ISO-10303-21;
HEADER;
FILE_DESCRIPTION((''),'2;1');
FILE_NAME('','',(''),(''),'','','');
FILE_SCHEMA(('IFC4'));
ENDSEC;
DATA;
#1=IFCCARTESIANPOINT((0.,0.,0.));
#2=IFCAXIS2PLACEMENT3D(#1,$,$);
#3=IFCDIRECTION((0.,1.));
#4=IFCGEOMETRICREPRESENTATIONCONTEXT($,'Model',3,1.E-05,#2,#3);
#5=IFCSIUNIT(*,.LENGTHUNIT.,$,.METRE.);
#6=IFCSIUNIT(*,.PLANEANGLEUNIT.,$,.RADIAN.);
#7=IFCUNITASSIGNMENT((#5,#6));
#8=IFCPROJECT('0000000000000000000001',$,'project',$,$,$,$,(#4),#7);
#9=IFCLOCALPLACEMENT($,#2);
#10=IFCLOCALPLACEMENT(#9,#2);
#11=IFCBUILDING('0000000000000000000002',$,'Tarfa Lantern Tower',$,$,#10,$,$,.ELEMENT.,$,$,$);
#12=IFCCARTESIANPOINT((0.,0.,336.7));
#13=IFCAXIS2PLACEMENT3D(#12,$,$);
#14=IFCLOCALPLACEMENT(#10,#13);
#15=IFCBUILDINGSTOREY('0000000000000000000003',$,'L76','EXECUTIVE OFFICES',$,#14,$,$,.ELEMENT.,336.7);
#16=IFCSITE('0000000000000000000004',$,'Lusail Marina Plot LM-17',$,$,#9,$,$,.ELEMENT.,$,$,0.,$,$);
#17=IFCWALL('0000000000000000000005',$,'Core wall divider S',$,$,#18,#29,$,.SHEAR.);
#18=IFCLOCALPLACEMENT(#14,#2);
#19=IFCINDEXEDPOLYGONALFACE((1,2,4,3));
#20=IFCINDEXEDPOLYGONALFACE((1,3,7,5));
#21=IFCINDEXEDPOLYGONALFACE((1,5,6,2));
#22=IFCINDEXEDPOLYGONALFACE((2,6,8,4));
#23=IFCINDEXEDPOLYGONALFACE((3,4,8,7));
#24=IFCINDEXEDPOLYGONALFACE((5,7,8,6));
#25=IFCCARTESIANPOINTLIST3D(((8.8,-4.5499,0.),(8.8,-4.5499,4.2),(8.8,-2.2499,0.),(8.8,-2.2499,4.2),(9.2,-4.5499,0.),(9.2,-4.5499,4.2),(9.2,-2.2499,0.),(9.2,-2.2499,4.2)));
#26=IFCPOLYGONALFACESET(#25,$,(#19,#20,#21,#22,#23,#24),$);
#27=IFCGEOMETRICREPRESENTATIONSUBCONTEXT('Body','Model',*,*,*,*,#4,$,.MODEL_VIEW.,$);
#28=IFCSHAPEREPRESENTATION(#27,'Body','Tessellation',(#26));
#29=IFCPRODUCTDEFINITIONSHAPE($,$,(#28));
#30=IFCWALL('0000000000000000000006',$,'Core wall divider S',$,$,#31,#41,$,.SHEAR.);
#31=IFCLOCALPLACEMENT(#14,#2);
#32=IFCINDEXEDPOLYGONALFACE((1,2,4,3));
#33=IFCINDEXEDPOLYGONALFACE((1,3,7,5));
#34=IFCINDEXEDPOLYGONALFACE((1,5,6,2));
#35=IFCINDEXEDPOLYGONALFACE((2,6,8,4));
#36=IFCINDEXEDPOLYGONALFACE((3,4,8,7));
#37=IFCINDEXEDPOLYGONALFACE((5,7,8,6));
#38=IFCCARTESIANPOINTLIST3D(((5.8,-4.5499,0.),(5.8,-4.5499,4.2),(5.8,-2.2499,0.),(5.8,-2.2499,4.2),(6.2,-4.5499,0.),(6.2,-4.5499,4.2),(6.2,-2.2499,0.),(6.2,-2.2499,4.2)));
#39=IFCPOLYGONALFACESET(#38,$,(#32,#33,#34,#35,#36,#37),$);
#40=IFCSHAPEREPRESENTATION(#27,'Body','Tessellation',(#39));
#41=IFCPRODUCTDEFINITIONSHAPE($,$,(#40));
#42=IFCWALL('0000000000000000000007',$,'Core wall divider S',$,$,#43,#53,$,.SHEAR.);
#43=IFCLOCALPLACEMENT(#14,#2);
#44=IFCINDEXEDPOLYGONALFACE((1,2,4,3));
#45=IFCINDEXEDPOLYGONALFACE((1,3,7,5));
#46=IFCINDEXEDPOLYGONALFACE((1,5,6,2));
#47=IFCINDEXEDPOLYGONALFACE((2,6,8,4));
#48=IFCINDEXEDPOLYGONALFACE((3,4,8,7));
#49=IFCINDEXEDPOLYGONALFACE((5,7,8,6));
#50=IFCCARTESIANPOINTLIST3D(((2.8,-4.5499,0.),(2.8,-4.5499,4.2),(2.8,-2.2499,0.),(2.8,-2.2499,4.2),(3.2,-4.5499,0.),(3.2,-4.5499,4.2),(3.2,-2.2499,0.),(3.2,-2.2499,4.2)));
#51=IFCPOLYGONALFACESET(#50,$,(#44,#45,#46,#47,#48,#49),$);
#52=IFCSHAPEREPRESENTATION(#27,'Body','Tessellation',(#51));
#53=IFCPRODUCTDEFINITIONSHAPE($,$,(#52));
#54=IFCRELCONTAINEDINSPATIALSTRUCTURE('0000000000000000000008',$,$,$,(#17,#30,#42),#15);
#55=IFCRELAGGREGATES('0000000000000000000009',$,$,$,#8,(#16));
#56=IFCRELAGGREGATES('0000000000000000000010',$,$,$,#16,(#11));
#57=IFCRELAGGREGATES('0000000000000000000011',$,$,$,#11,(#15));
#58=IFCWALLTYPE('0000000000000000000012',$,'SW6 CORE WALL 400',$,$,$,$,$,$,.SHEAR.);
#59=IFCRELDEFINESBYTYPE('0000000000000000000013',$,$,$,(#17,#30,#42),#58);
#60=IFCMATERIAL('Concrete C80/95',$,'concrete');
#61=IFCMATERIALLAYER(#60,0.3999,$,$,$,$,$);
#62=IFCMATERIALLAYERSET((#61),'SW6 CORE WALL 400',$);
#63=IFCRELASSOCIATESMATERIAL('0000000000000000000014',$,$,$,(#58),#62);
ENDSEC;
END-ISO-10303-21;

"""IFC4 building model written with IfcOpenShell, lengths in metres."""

from ifc_helpers import new_model, si_unit, direction, frame, frame_2d, origin, place, context, subcontext, project, spatial, rectangle, extrude, material, layer, layer_set, type_object, element, save


model = new_model("IFC4")

# Units and contexts
model_context = context("Model", 3, precision=1e-05, world=origin(), true_north=direction((0.0, 1.0)))
body_context = subcontext(model_context, "Body", "Model", "MODEL_VIEW")
ifc_project = project(units=[si_unit("LENGTHUNIT", "METRE"), si_unit("PLANEANGLEUNIT", "RADIAN")], contexts=[model_context])

# Site, building, storey
site_placement = place(None, origin())
site = spatial("IfcSite", under=ifc_project, at=site_placement, Name="Lusail Marina Plot LM-17", CompositionType="ELEMENT", RefElevation=0.0)
building_placement = place(site_placement, origin())
building = spatial("IfcBuilding", under=site, at=building_placement, Name="Tarfa Lantern Tower", CompositionType="ELEMENT")
storey_placement = place(building_placement, frame((0.0, 0.0, 336.7)))
storey = spatial("IfcBuildingStorey", under=building, at=storey_placement, Name="L76", Description="EXECUTIVE OFFICES", CompositionType="ELEMENT", Elevation=336.7)

# Shared definitions
ifc_material_1 = material(Name="Concrete C80/95", Category="concrete")

# Walls
ifc_layer_1 = layer(ifc_material_1, 0.3999)
ifc_layer_set_1 = layer_set([ifc_layer_1], Name="SW6 CORE WALL 400")
wall_type_1 = type_object("IfcWallType", Name="SW6 CORE WALL 400", PredefinedType="SHEAR", material=ifc_layer_set_1)
for number, where, z_axis, x_axis, name in (
    (1, (9.0, -2.25, 0.0), (0.0, 0.0, 1.0), (0.0, -1.0, 0.0), "Core wall divider S"),
    (2, (6.0, -2.25, 0.0), (0.0, 0.0, 1.0), (0.0, -1.0, 0.0), "Core wall divider S"),
    (3, (3.0, -2.25, 0.0), (0.0, 0.0, 1.0), (0.0, -1.0, 0.0), "Core wall divider S"),
):
    element("IfcWall", number, at=place(storey_placement, frame(where, z_axis=z_axis, x_axis=x_axis)), inside=storey, type_object=wall_type_1, Name=name, PredefinedType="SHEAR", context=body_context, shape_type="SweptSolid", body=[
        extrude(rectangle(XDim=2.3, YDim=0.3999, at=frame_2d((1.1499, 0.0))), origin(), (0.0, 0.0, 1.0), 4.2),
    ])

save(model, "model.ifc")
